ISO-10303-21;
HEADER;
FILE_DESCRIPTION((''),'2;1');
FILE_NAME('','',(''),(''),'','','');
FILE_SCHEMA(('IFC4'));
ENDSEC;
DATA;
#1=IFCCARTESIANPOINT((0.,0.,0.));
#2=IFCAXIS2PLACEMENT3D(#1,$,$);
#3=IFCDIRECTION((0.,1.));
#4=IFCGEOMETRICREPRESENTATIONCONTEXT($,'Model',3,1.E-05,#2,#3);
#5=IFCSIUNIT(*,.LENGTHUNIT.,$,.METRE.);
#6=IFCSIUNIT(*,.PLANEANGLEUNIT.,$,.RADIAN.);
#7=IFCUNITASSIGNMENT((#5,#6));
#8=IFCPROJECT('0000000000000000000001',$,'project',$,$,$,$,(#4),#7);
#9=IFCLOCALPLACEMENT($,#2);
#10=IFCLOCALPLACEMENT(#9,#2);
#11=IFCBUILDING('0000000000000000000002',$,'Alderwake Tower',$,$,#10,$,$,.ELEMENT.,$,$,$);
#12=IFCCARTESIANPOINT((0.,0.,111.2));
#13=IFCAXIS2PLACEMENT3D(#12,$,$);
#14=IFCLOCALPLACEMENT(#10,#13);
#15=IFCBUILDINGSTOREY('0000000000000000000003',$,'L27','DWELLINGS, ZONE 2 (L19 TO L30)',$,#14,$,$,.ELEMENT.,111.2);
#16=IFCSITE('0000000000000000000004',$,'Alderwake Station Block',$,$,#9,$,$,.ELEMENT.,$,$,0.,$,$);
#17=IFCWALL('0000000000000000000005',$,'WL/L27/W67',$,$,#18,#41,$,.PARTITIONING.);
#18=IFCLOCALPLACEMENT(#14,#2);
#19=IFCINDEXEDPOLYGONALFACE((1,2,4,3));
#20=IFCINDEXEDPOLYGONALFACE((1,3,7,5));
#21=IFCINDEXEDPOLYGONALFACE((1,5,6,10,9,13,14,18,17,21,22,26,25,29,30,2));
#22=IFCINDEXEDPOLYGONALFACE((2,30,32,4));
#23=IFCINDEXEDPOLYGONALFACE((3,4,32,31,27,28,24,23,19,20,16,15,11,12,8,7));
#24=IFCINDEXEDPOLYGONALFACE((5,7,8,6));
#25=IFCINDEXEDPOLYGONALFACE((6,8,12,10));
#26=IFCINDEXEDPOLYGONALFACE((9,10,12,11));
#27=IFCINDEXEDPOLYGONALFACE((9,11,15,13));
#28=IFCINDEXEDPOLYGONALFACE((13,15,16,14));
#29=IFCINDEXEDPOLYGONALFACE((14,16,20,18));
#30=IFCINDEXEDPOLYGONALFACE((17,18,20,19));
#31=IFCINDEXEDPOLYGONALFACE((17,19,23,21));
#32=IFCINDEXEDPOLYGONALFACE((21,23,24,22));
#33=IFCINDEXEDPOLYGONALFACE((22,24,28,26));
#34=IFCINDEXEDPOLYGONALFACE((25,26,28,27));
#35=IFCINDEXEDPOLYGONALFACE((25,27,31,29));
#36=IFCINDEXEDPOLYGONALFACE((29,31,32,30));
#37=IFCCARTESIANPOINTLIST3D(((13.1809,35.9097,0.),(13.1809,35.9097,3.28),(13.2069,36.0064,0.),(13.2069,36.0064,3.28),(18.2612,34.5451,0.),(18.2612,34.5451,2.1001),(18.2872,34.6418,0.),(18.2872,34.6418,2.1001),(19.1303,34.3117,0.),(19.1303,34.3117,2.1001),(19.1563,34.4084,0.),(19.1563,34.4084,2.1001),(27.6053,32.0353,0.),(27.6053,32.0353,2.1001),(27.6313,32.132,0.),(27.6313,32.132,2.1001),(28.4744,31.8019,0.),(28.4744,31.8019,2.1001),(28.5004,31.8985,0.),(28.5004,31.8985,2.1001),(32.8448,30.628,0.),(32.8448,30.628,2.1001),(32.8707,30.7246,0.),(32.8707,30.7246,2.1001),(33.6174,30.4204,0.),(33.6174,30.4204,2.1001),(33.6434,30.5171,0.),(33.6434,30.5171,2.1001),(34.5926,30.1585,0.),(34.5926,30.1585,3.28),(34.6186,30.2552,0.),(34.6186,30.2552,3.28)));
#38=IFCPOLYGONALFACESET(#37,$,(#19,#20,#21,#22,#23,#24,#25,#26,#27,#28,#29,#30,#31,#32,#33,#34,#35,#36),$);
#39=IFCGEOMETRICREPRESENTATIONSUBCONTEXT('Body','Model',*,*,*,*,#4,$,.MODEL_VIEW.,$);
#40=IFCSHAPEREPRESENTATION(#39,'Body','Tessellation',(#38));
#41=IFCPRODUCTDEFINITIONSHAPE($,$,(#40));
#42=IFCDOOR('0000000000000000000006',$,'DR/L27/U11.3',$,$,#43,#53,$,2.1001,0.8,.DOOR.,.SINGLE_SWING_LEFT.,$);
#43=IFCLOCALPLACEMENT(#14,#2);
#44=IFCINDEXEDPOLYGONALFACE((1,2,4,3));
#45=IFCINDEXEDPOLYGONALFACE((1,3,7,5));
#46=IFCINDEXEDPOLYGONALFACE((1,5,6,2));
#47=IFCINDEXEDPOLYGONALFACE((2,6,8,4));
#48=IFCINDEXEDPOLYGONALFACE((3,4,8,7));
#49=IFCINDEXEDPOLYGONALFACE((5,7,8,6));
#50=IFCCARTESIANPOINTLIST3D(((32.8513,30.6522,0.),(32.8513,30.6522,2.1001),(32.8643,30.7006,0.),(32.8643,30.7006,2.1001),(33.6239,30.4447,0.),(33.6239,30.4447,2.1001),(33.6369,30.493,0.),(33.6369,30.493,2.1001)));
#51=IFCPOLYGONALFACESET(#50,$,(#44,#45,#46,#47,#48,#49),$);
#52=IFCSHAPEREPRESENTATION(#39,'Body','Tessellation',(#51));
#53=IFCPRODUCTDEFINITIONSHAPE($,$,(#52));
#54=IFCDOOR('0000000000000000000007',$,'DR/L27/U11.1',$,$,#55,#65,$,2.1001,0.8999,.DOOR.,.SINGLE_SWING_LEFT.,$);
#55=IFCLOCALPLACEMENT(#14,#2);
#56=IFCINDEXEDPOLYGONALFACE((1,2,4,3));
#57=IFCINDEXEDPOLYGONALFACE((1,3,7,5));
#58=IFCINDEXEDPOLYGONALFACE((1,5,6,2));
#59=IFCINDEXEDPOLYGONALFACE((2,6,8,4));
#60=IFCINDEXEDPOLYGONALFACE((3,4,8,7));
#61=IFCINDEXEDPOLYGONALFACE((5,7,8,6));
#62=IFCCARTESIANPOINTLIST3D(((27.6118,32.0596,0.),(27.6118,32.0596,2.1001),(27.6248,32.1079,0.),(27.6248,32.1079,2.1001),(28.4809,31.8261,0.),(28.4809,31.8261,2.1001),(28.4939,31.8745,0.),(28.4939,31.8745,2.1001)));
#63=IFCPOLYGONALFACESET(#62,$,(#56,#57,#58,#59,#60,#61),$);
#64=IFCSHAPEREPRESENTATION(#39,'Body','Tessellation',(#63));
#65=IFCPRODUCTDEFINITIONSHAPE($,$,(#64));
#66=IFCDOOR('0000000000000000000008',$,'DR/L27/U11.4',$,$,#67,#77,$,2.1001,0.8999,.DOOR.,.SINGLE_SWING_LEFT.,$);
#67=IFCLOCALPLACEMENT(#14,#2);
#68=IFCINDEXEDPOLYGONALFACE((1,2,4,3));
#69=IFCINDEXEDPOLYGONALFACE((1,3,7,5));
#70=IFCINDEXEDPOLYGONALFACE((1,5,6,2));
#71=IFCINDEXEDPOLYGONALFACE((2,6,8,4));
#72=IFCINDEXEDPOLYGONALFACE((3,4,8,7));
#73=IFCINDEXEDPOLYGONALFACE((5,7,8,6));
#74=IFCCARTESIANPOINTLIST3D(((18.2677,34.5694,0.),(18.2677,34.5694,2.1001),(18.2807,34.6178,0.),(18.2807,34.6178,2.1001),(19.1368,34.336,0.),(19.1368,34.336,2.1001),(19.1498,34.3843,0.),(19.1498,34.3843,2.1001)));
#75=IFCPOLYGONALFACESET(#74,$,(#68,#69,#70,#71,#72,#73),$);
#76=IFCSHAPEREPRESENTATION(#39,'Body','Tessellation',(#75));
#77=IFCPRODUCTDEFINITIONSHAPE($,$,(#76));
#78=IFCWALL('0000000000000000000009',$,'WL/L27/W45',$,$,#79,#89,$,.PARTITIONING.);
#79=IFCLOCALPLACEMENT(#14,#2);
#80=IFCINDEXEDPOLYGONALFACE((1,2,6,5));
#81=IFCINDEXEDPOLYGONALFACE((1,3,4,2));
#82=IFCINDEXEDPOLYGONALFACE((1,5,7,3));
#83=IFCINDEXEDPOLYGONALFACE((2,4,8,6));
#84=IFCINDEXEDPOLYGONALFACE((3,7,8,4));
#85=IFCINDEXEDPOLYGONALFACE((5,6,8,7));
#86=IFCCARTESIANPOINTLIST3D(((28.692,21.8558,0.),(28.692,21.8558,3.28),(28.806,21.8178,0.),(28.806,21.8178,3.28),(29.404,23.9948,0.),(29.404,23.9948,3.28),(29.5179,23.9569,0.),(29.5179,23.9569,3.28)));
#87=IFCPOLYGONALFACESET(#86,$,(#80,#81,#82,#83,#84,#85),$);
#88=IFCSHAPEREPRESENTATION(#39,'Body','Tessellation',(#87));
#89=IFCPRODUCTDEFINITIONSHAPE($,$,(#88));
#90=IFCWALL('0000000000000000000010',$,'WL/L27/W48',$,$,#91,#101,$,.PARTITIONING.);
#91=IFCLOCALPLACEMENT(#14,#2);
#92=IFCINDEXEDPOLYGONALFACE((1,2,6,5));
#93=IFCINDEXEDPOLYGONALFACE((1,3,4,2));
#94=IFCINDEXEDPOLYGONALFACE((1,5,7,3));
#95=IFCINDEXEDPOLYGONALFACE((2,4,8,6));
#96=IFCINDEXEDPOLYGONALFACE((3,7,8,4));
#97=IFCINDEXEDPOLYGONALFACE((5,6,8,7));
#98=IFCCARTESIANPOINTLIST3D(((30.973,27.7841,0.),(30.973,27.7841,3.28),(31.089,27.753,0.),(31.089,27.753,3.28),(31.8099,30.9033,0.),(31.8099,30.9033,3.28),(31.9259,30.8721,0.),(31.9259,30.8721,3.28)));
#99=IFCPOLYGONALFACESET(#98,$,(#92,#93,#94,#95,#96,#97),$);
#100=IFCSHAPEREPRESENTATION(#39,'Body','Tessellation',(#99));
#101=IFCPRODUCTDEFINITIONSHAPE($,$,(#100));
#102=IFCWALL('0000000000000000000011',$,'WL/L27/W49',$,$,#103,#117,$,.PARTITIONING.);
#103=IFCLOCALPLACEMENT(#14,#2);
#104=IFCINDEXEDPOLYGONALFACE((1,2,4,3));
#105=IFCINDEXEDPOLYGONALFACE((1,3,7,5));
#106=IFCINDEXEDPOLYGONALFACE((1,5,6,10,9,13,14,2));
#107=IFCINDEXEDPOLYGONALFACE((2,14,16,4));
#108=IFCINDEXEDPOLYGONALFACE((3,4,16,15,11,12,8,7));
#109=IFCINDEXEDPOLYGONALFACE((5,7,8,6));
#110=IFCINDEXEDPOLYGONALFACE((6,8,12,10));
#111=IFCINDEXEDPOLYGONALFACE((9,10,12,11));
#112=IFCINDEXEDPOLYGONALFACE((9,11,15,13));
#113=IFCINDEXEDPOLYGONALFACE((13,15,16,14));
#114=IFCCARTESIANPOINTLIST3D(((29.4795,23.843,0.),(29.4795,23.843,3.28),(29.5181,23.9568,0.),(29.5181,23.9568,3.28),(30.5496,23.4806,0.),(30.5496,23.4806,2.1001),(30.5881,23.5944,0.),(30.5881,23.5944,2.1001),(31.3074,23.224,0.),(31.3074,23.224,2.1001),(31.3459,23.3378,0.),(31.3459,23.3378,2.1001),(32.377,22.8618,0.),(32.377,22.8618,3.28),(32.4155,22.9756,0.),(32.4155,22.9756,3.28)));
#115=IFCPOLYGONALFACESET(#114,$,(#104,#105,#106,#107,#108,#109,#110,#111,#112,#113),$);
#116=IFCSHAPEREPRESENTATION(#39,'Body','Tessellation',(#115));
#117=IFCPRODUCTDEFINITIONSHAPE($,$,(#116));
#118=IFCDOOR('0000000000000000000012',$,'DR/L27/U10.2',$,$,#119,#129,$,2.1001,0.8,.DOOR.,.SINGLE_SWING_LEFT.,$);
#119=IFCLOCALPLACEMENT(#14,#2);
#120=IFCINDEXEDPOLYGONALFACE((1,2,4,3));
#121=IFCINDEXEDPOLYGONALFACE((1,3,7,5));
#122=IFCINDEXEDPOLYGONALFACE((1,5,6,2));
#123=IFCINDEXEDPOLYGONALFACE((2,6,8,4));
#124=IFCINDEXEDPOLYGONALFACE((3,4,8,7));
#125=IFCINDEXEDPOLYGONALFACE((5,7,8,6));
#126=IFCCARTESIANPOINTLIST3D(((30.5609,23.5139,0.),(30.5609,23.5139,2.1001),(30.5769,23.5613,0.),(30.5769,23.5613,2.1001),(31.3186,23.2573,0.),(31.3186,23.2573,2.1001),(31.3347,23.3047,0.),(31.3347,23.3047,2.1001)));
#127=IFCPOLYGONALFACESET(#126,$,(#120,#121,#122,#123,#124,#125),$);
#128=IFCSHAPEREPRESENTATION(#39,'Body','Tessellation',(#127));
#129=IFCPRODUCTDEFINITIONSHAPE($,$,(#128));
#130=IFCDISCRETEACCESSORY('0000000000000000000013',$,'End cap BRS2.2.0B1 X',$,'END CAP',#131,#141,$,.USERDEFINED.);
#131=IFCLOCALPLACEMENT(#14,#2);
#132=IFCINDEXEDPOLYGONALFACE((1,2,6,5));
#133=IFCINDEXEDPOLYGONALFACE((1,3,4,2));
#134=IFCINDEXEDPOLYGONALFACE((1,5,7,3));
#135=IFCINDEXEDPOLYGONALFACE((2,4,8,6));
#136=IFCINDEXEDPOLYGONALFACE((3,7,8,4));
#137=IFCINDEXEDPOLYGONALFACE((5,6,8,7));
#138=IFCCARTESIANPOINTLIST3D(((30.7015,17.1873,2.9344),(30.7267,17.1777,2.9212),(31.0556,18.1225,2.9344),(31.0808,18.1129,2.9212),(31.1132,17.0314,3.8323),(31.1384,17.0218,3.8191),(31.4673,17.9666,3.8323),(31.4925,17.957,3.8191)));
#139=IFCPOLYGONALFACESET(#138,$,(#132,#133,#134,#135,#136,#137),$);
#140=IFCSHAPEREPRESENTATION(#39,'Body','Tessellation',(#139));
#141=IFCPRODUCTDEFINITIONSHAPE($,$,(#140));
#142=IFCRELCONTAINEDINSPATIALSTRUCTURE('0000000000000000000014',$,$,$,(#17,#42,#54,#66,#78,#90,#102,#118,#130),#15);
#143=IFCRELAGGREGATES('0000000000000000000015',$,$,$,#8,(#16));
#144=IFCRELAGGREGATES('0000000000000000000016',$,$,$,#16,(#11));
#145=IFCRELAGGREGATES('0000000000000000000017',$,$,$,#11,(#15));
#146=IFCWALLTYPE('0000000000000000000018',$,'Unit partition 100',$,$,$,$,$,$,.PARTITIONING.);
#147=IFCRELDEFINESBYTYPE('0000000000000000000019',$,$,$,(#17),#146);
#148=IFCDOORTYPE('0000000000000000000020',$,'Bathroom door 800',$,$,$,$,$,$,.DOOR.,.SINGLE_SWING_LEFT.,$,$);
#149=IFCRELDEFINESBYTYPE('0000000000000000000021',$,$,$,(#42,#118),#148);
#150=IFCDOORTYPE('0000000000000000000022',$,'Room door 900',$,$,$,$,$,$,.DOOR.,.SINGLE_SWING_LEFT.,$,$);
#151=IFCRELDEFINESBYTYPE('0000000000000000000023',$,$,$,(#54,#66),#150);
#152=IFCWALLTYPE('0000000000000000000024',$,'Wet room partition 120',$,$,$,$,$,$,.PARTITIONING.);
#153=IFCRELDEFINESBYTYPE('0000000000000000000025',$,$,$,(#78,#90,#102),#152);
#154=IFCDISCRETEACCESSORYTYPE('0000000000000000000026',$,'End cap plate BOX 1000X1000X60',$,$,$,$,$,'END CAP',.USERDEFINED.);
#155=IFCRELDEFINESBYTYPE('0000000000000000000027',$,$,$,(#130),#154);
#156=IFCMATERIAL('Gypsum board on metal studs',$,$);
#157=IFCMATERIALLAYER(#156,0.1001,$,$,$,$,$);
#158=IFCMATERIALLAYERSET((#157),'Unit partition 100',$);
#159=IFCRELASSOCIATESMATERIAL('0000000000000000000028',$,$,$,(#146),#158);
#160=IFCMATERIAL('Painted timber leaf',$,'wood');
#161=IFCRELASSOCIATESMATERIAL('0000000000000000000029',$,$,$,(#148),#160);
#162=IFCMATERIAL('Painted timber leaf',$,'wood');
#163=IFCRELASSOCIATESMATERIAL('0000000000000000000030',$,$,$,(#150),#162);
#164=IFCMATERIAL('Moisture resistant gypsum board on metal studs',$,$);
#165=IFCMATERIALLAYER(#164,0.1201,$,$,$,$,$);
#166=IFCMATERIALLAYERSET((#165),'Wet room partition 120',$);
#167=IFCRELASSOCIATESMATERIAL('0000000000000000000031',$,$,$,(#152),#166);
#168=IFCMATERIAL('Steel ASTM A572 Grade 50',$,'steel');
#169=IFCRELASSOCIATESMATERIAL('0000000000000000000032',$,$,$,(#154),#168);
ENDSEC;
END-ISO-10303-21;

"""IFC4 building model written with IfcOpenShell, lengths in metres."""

from ifc_helpers import new_model, si_unit, direction, frame, frame_2d, origin, origin_2d, place, context, subcontext, project, spatial, rectangle, extrude, material, layer, layer_set, material_profile, profile_set, type_object, element, fill, save


model = new_model("IFC4")

# Units and contexts
model_context = context("Model", 3, precision=1e-05, world=origin(), true_north=direction((0.0, 1.0)))
body_context = subcontext(model_context, "Body", "Model", "MODEL_VIEW")
ifc_project = project(units=[si_unit("LENGTHUNIT", "METRE"), si_unit("PLANEANGLEUNIT", "RADIAN")], contexts=[model_context])

# Site, building, storey
site_placement = place(None, origin())
site = spatial("IfcSite", under=ifc_project, at=site_placement, Name="Alderwake Station Block", CompositionType="ELEMENT", RefElevation=0.0)
building_placement = place(site_placement, origin())
building = spatial("IfcBuilding", under=site, at=building_placement, Name="Alderwake Tower", CompositionType="ELEMENT")
storey_placement = place(building_placement, frame((0.0, 0.0, 111.2)))
storey = spatial("IfcBuildingStorey", under=building, at=storey_placement, Name="L27", Description="DWELLINGS, ZONE 2 (L19 TO L30)", CompositionType="ELEMENT", Elevation=111.2)

# Wall, openings, doors
ifc_material_1 = material(Name="Gypsum board on metal studs")
ifc_layer_1 = layer(ifc_material_1, 0.1001)
ifc_layer_set_1 = layer_set([ifc_layer_1], Name="Unit partition 100")
wall_type_1 = type_object("IfcWallType", Name="Unit partition 100", PredefinedType="PARTITIONING", material=ifc_layer_set_1)
wall_1_placement = place(storey_placement, frame((34.6057, 30.2068, 0.0), z_axis=(0.0, 0.0, 1.0), x_axis=(-0.965768, 0.259408, 0.0)))
wall_1 = element("IfcWall", 1, at=wall_1_placement, inside=storey, type_object=wall_type_1, Name="WL/L27/W67", PredefinedType="PARTITIONING", context=body_context, shape_type="SweptSolid", body=[
    extrude(rectangle(XDim=22.1707, YDim=0.1001, at=frame_2d((11.0854, 0.0))), origin(), (0.0, 0.0, 1.0), 3.28),
])
opening_1_placement = place(wall_1_placement, frame((6.3352, 0.0, 0.0)))
opening_1 = element("IfcOpeningElement", 2, at=opening_1_placement, cuts=wall_1, PredefinedType="OPENING", context=body_context, shape_type="SweptSolid", body=[
    extrude(rectangle(XDim=0.8999, YDim=2.1001, at=frame_2d((0.45, 1.05))), frame((0.0, 0.0601, 0.0), z_axis=(0.0, -1.0, 0.0), x_axis=(1.0, 0.0, 0.0)), (0.0, 0.0, 1.0), 0.1201),
])
opening_2_placement = place(wall_1_placement, frame((1.01, 0.0, 0.0)))
opening_2 = element("IfcOpeningElement", 3, at=opening_2_placement, cuts=wall_1, PredefinedType="OPENING", context=body_context, shape_type="SweptSolid", body=[
    extrude(rectangle(XDim=0.8, YDim=2.1001, at=frame_2d((0.3999, 1.05))), frame((0.0, 0.0601, 0.0), z_axis=(0.0, -1.0, 0.0), x_axis=(1.0, 0.0, 0.0)), (0.0, 0.0, 1.0), 0.1201),
])
opening_3_placement = place(wall_1_placement, frame((16.0105, 0.0, 0.0)))
opening_3 = element("IfcOpeningElement", 4, at=opening_3_placement, cuts=wall_1, PredefinedType="OPENING", context=body_context, shape_type="SweptSolid", body=[
    extrude(rectangle(XDim=0.8999, YDim=2.1001, at=frame_2d((0.45, 1.05))), frame((0.0, 0.0601, 0.0), z_axis=(0.0, -1.0, 0.0), x_axis=(1.0, 0.0, 0.0)), (0.0, 0.0, 1.0), 0.1201),
])
ifc_material_2 = material(Name="Painted timber leaf", Category="wood")
door_type_1 = type_object("IfcDoorType", Name="Bathroom door 800", OperationType="SINGLE_SWING_LEFT", PredefinedType="DOOR", material=ifc_material_2)
door_1_placement = place(opening_2_placement, origin())
door_1 = element("IfcDoor", 5, at=door_1_placement, inside=storey, type_object=door_type_1, Name="DR/L27/U11.3", OperationType="SINGLE_SWING_LEFT", OverallHeight=2.1001, OverallWidth=0.8, PredefinedType="DOOR", context=body_context, shape_type="SweptSolid", body=[
    extrude(rectangle(XDim=0.8, YDim=2.1001, at=frame_2d((0.3999, 1.05))), frame((0.0, 0.0249, 0.0), z_axis=(0.0, -1.0, 0.0), x_axis=(1.0, 0.0, 0.0)), (0.0, 0.0, 1.0), 0.05),
])
fill(opening_2, door_1)
ifc_material_3 = material(Name="Painted timber leaf", Category="wood")
door_type_2 = type_object("IfcDoorType", Name="Room door 900", OperationType="SINGLE_SWING_LEFT", PredefinedType="DOOR", material=ifc_material_3)
door_2_placement = place(opening_1_placement, origin())
door_2 = element("IfcDoor", 6, at=door_2_placement, inside=storey, type_object=door_type_2, Name="DR/L27/U11.1", OperationType="SINGLE_SWING_LEFT", OverallHeight=2.1001, OverallWidth=0.8999, PredefinedType="DOOR", context=body_context, shape_type="SweptSolid", body=[
    extrude(rectangle(XDim=0.8999, YDim=2.1001, at=frame_2d((0.45, 1.05))), frame((0.0, 0.0249, 0.0), z_axis=(0.0, -1.0, 0.0), x_axis=(1.0, 0.0, 0.0)), (0.0, 0.0, 1.0), 0.05),
])
fill(opening_1, door_2)
door_3_placement = place(opening_3_placement, origin())
door_3 = element("IfcDoor", 7, at=door_3_placement, inside=storey, type_object=door_type_2, Name="DR/L27/U11.4", OperationType="SINGLE_SWING_LEFT", OverallHeight=2.1001, OverallWidth=0.8999, PredefinedType="DOOR", context=body_context, shape_type="SweptSolid", body=[
    extrude(rectangle(XDim=0.8999, YDim=2.1001, at=frame_2d((0.45, 1.05))), frame((0.0, 0.0249, 0.0), z_axis=(0.0, -1.0, 0.0), x_axis=(1.0, 0.0, 0.0)), (0.0, 0.0, 1.0), 0.05),
])
fill(opening_3, door_3)

# Walls
ifc_material_4 = material(Name="Moisture resistant gypsum board on metal studs")
ifc_layer_2 = layer(ifc_material_4, 0.1201)
ifc_layer_set_2 = layer_set([ifc_layer_2], Name="Wet room partition 120")
wall_type_2 = type_object("IfcWallType", Name="Wet room partition 120", PredefinedType="PARTITIONING", material=ifc_layer_set_2)
wall_2_placement = place(storey_placement, frame((29.4609, 23.9758, 0.0), z_axis=(0.0, 0.0, 1.0), x_axis=(-0.315805, -0.948824, 0.0)))
element("IfcWall", 8, at=wall_2_placement, inside=storey, type_object=wall_type_2, Name="WL/L27/W45", PredefinedType="PARTITIONING", context=body_context, shape_type="SweptSolid", body=[
    extrude(rectangle(XDim=2.2544, YDim=0.1201, at=frame_2d((1.1272, 0.0))), origin(), (0.0, 0.0, 1.0), 3.28),
])
wall_3_placement = place(storey_placement, frame((31.8679, 30.8877, 0.0), z_axis=(0.0, 0.0, 1.0), x_axis=(-0.259149, -0.965837, 0.0)))
element("IfcWall", 9, at=wall_3_placement, inside=storey, type_object=wall_type_2, Name="WL/L27/W48", PredefinedType="PARTITIONING", context=body_context, shape_type="SweptSolid", body=[
    extrude(rectangle(XDim=3.2295, YDim=0.1201, at=frame_2d((1.6147, 0.0))), origin(), (0.0, 0.0, 1.0), 3.28),
])

# Wall, opening, door
wall_4_placement = place(storey_placement, frame((32.3962, 22.9187, 0.0), z_axis=(0.0, 0.0, 1.0), x_axis=(-0.947164, 0.320749, 0.0)))
wall_4 = element("IfcWall", 10, at=wall_4_placement, inside=storey, type_object=wall_type_2, Name="WL/L27/W49", PredefinedType="PARTITIONING", context=body_context, shape_type="SweptSolid", body=[
    extrude(rectangle(XDim=3.0591, YDim=0.1201, at=frame_2d((1.5295, 0.0))), origin(), (0.0, 0.0, 1.0), 3.28),
])
opening_4_placement = place(wall_4_placement, frame((1.1294, 0.0, 0.0)))
opening_4 = element("IfcOpeningElement", 11, at=opening_4_placement, cuts=wall_4, PredefinedType="OPENING", context=body_context, shape_type="SweptSolid", body=[
    extrude(rectangle(XDim=0.8, YDim=2.1001, at=frame_2d((0.3999, 1.05))), frame((0.0, 0.0701, 0.0), z_axis=(0.0, -1.0, 0.0), x_axis=(1.0, 0.0, 0.0)), (0.0, 0.0, 1.0), 0.1401),
])
door_4_placement = place(opening_4_placement, origin())
door_4 = element("IfcDoor", 12, at=door_4_placement, inside=storey, type_object=door_type_1, Name="DR/L27/U10.2", OperationType="SINGLE_SWING_LEFT", OverallHeight=2.1001, OverallWidth=0.8, PredefinedType="DOOR", context=body_context, shape_type="SweptSolid", body=[
    extrude(rectangle(XDim=0.8, YDim=2.1001, at=frame_2d((0.3999, 1.05))), frame((0.0, 0.0249, 0.0), z_axis=(0.0, -1.0, 0.0), x_axis=(1.0, 0.0, 0.0)), (0.0, 0.0, 1.0), 0.05),
])
fill(opening_4, door_4)

# Discrete accessory
ifc_material_5 = material(Name="Steel ASTM A572 Grade 50", Category="steel")
ifc_material_profile_1 = material_profile(ifc_material_5, rectangle(XDim=1.0, YDim=1.0, at=origin_2d()), Name="BOX 1000X1000X60 cap")
ifc_profile_set_1 = profile_set([ifc_material_profile_1], Name="Steel ASTM A572 Grade 50")
discrete_accessory_type = type_object("IfcDiscreteAccessoryType", Name="End cap plate BOX 1000X1000X60", ElementType="END CAP", PredefinedType="USERDEFINED", material=ifc_profile_set_1)
discrete_accessory_placement = place(storey_placement, frame((31.1096, 17.5674, 3.3701), z_axis=(-0.839705, 0.317947, 0.440234), x_axis=(-0.354107, -0.935205, 0.0)))
element("IfcDiscreteAccessory", 13, at=discrete_accessory_placement, inside=storey, type_object=discrete_accessory_type, Name="End cap BRS2.2.0B1 X", ObjectType="END CAP", PredefinedType="USERDEFINED", context=body_context, shape_type="SweptSolid", body=[
    extrude(rectangle(XDim=1.0, YDim=1.0, at=origin_2d()), origin(), (0.0, 0.0, 1.0), 0.03),
])

save(model, "model.ifc")
